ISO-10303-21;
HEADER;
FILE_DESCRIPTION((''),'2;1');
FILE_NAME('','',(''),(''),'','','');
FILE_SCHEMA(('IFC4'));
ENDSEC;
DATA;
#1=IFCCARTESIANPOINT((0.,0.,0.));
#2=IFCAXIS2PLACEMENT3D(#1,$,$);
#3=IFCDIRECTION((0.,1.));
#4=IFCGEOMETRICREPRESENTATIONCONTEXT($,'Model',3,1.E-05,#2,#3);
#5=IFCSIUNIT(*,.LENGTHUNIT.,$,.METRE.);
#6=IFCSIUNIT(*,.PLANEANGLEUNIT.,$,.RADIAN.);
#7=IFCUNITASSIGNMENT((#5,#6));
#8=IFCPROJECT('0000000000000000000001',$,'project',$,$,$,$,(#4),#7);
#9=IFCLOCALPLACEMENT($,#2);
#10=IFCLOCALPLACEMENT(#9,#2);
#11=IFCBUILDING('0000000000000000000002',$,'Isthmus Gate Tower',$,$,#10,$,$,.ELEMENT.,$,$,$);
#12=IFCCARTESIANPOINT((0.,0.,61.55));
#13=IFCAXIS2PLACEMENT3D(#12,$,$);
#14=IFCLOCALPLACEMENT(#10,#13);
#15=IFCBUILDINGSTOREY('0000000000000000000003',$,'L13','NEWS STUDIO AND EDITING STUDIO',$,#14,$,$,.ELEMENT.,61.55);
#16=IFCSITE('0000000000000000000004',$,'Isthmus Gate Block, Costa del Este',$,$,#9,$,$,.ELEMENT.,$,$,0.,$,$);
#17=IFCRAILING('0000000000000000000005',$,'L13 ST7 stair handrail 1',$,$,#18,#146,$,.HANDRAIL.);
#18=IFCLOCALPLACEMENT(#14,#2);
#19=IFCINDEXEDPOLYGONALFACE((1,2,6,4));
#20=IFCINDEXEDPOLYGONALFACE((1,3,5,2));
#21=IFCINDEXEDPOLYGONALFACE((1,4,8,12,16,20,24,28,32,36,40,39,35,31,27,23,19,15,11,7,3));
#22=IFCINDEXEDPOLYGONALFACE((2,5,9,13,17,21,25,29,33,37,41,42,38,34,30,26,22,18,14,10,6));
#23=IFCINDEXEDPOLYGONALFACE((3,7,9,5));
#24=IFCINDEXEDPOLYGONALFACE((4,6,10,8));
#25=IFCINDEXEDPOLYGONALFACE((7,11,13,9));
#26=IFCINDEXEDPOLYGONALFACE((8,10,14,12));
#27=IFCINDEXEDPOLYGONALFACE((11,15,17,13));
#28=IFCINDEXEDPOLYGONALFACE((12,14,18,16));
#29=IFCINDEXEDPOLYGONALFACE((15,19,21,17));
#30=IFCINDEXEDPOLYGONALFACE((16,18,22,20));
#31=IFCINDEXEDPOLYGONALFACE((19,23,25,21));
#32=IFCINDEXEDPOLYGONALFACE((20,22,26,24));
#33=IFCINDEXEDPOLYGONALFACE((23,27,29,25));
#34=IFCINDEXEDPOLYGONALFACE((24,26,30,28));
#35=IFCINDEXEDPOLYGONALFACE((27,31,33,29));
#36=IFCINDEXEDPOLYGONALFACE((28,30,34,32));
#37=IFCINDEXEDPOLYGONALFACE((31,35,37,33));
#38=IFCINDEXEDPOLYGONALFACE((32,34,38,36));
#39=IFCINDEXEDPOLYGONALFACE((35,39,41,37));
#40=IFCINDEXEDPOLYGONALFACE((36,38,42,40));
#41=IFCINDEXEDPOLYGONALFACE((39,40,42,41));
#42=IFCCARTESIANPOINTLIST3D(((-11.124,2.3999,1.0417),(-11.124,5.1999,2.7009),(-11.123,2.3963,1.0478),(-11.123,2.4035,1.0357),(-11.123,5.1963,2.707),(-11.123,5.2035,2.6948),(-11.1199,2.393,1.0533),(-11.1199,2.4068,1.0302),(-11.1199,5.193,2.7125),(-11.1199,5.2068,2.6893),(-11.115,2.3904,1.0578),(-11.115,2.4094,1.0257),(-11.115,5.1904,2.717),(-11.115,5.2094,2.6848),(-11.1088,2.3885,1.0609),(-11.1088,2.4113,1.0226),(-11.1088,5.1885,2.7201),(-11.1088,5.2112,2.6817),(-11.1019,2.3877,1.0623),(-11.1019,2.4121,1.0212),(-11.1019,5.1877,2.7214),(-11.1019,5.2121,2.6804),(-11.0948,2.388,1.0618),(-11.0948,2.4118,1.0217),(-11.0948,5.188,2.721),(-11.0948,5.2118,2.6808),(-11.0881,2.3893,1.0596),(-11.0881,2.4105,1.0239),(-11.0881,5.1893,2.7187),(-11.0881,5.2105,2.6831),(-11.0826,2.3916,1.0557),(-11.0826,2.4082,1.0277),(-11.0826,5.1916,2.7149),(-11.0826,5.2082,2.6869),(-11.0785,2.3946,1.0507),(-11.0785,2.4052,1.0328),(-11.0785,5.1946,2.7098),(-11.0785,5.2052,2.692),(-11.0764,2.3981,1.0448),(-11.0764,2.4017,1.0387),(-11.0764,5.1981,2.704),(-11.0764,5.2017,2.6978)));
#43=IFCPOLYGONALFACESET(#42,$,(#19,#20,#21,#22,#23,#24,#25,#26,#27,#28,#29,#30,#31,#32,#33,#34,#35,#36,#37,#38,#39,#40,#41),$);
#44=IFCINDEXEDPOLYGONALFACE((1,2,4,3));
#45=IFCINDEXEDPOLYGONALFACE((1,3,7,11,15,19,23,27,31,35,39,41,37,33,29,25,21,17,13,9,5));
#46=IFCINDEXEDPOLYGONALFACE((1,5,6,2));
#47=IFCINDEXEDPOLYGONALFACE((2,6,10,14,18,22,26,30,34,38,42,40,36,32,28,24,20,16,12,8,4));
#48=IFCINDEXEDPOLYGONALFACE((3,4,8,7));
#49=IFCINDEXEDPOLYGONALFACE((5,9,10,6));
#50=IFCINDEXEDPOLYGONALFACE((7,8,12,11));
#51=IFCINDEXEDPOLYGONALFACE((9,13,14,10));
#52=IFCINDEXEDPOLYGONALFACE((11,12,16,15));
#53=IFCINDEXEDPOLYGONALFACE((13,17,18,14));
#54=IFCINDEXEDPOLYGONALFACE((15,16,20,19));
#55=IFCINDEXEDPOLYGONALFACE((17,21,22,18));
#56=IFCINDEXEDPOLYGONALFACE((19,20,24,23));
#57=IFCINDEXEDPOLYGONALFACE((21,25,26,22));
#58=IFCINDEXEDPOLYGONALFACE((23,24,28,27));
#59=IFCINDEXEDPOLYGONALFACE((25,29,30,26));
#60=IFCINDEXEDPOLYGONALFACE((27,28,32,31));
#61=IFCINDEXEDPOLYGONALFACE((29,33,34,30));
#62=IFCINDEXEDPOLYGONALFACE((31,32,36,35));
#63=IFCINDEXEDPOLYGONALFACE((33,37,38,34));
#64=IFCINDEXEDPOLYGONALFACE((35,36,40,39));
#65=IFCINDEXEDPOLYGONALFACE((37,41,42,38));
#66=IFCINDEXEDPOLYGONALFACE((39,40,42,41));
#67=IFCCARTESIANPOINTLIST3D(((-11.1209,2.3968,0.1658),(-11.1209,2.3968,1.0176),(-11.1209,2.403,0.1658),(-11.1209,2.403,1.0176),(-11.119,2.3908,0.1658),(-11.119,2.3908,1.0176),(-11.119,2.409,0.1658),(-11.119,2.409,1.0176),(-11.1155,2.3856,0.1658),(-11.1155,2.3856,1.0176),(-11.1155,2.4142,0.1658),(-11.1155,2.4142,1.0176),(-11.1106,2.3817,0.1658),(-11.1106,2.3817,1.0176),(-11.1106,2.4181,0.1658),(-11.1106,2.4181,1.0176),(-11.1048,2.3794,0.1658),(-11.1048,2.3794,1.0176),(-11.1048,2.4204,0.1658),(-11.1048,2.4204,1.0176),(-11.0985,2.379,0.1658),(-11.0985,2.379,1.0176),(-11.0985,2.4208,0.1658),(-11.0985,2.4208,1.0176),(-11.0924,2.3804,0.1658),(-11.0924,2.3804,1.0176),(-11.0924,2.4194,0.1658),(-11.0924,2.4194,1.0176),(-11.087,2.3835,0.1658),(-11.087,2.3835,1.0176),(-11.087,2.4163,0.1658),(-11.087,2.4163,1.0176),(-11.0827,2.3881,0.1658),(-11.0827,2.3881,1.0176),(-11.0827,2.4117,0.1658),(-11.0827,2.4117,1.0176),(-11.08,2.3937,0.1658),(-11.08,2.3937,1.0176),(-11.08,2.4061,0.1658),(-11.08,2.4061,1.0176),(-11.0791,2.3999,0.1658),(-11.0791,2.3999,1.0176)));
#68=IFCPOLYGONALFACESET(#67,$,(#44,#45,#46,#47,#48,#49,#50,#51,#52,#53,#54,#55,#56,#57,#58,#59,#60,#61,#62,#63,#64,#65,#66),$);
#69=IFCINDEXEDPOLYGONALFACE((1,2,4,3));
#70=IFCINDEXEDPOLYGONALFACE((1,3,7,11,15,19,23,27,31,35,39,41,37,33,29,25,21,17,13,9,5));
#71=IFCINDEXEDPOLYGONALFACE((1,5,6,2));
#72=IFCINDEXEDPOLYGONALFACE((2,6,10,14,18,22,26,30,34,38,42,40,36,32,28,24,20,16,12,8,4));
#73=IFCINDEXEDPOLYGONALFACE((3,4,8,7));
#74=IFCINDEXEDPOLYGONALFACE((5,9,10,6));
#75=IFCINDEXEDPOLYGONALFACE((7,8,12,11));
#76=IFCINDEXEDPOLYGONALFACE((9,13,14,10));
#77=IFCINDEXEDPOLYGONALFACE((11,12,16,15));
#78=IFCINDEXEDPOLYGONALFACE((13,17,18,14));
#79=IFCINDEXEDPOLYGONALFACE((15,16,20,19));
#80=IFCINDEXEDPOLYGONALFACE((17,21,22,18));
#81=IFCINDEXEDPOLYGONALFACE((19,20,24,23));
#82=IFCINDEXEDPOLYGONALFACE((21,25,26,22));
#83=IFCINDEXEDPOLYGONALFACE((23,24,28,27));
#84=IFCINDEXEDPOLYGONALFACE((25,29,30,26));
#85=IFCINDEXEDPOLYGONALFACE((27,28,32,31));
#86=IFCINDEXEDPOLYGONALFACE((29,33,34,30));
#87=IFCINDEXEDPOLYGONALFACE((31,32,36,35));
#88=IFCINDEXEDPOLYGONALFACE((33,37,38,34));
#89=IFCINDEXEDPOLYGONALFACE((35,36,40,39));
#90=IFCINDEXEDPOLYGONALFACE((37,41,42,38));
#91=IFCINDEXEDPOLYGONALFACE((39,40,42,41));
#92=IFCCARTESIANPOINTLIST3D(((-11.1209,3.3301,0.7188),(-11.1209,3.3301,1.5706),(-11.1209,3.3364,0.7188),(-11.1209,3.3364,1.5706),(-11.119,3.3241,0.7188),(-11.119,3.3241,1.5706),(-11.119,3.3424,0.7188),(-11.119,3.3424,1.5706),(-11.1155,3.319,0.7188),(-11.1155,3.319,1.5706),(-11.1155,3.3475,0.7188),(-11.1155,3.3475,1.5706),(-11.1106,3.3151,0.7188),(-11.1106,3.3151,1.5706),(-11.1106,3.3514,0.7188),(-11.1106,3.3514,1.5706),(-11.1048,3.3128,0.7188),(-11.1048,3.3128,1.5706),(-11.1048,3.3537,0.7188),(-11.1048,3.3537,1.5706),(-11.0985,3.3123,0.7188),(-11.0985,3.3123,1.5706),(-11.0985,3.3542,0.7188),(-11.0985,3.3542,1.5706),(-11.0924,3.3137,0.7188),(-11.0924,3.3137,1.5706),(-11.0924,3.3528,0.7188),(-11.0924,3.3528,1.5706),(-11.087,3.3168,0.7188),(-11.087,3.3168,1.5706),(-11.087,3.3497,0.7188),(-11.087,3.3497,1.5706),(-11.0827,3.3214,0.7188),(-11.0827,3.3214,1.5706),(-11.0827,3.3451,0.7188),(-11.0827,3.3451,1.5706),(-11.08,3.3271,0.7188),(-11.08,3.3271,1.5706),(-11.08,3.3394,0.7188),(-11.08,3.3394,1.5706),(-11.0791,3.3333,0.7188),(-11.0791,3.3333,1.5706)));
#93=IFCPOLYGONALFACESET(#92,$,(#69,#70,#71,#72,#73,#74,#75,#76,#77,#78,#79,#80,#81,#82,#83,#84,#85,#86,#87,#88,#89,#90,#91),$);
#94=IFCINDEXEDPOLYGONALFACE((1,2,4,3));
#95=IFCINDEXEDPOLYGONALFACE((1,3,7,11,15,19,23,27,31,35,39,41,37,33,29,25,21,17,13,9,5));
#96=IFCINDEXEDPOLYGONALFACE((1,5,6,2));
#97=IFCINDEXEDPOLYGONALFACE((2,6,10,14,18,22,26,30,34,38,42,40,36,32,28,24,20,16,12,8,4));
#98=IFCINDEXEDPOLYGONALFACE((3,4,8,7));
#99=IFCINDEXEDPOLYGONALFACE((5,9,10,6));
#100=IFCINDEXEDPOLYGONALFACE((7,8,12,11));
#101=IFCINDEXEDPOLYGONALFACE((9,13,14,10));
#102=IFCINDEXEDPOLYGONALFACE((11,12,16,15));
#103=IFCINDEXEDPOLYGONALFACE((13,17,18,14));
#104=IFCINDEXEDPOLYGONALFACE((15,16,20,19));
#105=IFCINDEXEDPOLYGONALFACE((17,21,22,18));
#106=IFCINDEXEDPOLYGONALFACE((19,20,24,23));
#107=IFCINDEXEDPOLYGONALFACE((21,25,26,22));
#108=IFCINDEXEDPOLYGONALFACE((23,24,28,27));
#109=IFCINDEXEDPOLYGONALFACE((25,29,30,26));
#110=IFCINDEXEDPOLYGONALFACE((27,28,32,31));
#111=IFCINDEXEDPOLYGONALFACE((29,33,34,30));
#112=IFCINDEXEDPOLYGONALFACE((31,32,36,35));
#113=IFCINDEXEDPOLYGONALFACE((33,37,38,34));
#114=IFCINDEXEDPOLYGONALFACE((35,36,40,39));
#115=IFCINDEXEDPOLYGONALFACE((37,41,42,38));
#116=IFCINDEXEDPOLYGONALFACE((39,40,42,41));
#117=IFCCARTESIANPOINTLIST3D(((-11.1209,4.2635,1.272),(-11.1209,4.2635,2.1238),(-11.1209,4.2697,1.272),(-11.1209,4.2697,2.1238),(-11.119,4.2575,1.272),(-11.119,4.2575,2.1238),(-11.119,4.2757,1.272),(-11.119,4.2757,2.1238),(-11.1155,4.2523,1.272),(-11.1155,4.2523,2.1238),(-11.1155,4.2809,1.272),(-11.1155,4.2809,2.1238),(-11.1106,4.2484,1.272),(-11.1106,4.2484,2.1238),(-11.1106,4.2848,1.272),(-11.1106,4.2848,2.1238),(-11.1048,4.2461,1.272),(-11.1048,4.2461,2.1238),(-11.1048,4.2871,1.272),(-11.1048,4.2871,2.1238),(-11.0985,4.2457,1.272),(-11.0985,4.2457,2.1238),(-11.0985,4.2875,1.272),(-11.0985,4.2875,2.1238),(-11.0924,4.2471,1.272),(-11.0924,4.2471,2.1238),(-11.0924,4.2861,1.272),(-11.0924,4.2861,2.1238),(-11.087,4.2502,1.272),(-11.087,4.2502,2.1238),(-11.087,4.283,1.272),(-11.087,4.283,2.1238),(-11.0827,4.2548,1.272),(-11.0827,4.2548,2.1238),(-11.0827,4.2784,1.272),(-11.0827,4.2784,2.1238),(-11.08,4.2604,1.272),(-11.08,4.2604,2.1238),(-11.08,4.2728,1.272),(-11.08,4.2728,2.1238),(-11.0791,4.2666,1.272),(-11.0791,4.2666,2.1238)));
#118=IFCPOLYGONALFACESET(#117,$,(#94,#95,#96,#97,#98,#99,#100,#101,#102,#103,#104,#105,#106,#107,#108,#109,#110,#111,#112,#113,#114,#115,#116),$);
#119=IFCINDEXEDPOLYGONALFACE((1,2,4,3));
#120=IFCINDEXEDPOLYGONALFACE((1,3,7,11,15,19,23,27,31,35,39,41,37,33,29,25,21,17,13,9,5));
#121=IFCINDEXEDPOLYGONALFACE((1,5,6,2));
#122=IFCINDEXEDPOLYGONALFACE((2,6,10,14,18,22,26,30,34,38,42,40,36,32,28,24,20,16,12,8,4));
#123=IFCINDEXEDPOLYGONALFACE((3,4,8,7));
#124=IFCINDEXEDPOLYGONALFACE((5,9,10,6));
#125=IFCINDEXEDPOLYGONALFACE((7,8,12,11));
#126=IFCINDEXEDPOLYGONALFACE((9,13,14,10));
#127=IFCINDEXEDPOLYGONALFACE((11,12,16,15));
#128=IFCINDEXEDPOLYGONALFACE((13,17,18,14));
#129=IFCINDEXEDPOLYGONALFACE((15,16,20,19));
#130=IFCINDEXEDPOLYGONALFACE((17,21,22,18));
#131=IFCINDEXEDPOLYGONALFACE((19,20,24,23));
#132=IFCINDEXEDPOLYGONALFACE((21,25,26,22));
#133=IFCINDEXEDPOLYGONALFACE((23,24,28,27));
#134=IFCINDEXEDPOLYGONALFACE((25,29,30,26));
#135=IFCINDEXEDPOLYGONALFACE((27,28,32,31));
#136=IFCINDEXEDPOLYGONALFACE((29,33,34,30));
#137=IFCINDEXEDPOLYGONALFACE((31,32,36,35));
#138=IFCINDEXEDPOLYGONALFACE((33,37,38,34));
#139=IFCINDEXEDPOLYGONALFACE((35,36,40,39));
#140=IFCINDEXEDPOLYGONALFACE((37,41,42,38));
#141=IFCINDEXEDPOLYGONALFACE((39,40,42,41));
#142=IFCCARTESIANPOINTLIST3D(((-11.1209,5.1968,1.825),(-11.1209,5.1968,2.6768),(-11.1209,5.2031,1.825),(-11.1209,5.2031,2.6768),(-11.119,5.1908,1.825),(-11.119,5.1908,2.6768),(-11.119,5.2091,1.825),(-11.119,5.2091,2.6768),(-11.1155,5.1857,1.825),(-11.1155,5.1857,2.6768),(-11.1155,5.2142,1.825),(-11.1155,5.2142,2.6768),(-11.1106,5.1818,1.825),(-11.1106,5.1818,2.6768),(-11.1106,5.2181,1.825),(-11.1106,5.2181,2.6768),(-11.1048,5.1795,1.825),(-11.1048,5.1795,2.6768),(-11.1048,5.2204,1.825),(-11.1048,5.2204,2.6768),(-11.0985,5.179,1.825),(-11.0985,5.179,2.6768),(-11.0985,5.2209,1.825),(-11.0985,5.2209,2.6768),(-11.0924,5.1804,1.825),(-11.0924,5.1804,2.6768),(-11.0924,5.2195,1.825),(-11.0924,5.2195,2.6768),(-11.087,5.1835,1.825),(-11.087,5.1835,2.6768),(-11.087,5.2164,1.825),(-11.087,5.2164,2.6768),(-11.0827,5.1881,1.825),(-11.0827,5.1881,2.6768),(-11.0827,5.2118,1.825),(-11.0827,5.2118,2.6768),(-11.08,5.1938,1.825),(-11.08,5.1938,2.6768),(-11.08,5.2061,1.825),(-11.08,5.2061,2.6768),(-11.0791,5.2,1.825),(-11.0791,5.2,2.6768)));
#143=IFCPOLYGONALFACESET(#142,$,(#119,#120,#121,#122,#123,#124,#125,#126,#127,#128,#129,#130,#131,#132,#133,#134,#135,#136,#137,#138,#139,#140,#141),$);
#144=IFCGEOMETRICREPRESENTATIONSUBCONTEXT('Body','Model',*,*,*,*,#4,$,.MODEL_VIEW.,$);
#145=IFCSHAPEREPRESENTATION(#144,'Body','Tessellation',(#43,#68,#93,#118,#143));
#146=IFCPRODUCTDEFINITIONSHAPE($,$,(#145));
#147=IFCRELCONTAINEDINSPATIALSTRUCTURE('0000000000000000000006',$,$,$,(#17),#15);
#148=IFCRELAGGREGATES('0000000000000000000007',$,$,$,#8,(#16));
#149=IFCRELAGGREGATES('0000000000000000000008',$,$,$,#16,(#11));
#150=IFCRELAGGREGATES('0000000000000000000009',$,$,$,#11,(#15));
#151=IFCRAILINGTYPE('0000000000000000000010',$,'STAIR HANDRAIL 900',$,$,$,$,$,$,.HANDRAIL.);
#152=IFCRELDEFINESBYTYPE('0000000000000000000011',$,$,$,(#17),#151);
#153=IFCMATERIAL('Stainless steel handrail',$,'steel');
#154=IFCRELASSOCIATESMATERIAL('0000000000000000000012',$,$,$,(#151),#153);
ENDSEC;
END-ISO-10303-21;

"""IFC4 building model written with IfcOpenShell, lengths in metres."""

from ifc_helpers import new_model, si_unit, direction, frame, origin, origin_2d, place, context, subcontext, project, spatial, circle, extrude, material, type_object, element, save


model = new_model("IFC4")

# Units and contexts
model_context = context("Model", 3, precision=1e-05, world=origin(), true_north=direction((0.0, 1.0)))
body_context = subcontext(model_context, "Body", "Model", "MODEL_VIEW")
ifc_project = project(units=[si_unit("LENGTHUNIT", "METRE"), si_unit("PLANEANGLEUNIT", "RADIAN")], contexts=[model_context])

# Site, building, storey
site_placement = place(None, origin())
site = spatial("IfcSite", under=ifc_project, at=site_placement, Name="Isthmus Gate Block, Costa del Este", CompositionType="ELEMENT", RefElevation=0.0)
building_placement = place(site_placement, origin())
building = spatial("IfcBuilding", under=site, at=building_placement, Name="Isthmus Gate Tower", CompositionType="ELEMENT")
storey_placement = place(building_placement, frame((0.0, 0.0, 61.55)))
storey = spatial("IfcBuildingStorey", under=building, at=storey_placement, Name="L13", Description="NEWS STUDIO AND EDITING STUDIO", CompositionType="ELEMENT", Elevation=61.55)

# Railing
ifc_material_1 = material(Name="Stainless steel handrail", Category="steel")
railing_type_1 = type_object("IfcRailingType", Name="STAIR HANDRAIL 900", PredefinedType="HANDRAIL", material=ifc_material_1)
railing_1_placement = place(storey_placement, frame((-11.1001, 2.3999, 0.1658)))
element("IfcRailing", 1, at=railing_1_placement, inside=storey, type_object=railing_type_1, Name="L13 ST7 stair handrail 1", PredefinedType="HANDRAIL", context=body_context, shape_type="SweptSolid", body=[
    extrude(circle(Radius=0.0239, at=origin_2d()), frame((0.0, 0.0, 0.876), z_axis=(0.0, 0.860306, 0.509778), x_axis=(-1.0, 0.0, 0.0)), (0.0, 0.0, 1.0), 3.2546),
    extrude(circle(Radius=0.021, at=origin_2d()), origin(), (0.0, 0.0, 1.0), 0.8518),
    extrude(circle(Radius=0.021, at=origin_2d()), frame((0.0, 0.9333, 0.553)), (0.0, 0.0, 1.0), 0.8518),
    extrude(circle(Radius=0.021, at=origin_2d()), frame((0.0, 1.8667, 1.1062)), (0.0, 0.0, 1.0), 0.8518),
    extrude(circle(Radius=0.021, at=origin_2d()), frame((0.0, 2.8, 1.6592)), (0.0, 0.0, 1.0), 0.8518),
])

save(model, "model.ifc")
